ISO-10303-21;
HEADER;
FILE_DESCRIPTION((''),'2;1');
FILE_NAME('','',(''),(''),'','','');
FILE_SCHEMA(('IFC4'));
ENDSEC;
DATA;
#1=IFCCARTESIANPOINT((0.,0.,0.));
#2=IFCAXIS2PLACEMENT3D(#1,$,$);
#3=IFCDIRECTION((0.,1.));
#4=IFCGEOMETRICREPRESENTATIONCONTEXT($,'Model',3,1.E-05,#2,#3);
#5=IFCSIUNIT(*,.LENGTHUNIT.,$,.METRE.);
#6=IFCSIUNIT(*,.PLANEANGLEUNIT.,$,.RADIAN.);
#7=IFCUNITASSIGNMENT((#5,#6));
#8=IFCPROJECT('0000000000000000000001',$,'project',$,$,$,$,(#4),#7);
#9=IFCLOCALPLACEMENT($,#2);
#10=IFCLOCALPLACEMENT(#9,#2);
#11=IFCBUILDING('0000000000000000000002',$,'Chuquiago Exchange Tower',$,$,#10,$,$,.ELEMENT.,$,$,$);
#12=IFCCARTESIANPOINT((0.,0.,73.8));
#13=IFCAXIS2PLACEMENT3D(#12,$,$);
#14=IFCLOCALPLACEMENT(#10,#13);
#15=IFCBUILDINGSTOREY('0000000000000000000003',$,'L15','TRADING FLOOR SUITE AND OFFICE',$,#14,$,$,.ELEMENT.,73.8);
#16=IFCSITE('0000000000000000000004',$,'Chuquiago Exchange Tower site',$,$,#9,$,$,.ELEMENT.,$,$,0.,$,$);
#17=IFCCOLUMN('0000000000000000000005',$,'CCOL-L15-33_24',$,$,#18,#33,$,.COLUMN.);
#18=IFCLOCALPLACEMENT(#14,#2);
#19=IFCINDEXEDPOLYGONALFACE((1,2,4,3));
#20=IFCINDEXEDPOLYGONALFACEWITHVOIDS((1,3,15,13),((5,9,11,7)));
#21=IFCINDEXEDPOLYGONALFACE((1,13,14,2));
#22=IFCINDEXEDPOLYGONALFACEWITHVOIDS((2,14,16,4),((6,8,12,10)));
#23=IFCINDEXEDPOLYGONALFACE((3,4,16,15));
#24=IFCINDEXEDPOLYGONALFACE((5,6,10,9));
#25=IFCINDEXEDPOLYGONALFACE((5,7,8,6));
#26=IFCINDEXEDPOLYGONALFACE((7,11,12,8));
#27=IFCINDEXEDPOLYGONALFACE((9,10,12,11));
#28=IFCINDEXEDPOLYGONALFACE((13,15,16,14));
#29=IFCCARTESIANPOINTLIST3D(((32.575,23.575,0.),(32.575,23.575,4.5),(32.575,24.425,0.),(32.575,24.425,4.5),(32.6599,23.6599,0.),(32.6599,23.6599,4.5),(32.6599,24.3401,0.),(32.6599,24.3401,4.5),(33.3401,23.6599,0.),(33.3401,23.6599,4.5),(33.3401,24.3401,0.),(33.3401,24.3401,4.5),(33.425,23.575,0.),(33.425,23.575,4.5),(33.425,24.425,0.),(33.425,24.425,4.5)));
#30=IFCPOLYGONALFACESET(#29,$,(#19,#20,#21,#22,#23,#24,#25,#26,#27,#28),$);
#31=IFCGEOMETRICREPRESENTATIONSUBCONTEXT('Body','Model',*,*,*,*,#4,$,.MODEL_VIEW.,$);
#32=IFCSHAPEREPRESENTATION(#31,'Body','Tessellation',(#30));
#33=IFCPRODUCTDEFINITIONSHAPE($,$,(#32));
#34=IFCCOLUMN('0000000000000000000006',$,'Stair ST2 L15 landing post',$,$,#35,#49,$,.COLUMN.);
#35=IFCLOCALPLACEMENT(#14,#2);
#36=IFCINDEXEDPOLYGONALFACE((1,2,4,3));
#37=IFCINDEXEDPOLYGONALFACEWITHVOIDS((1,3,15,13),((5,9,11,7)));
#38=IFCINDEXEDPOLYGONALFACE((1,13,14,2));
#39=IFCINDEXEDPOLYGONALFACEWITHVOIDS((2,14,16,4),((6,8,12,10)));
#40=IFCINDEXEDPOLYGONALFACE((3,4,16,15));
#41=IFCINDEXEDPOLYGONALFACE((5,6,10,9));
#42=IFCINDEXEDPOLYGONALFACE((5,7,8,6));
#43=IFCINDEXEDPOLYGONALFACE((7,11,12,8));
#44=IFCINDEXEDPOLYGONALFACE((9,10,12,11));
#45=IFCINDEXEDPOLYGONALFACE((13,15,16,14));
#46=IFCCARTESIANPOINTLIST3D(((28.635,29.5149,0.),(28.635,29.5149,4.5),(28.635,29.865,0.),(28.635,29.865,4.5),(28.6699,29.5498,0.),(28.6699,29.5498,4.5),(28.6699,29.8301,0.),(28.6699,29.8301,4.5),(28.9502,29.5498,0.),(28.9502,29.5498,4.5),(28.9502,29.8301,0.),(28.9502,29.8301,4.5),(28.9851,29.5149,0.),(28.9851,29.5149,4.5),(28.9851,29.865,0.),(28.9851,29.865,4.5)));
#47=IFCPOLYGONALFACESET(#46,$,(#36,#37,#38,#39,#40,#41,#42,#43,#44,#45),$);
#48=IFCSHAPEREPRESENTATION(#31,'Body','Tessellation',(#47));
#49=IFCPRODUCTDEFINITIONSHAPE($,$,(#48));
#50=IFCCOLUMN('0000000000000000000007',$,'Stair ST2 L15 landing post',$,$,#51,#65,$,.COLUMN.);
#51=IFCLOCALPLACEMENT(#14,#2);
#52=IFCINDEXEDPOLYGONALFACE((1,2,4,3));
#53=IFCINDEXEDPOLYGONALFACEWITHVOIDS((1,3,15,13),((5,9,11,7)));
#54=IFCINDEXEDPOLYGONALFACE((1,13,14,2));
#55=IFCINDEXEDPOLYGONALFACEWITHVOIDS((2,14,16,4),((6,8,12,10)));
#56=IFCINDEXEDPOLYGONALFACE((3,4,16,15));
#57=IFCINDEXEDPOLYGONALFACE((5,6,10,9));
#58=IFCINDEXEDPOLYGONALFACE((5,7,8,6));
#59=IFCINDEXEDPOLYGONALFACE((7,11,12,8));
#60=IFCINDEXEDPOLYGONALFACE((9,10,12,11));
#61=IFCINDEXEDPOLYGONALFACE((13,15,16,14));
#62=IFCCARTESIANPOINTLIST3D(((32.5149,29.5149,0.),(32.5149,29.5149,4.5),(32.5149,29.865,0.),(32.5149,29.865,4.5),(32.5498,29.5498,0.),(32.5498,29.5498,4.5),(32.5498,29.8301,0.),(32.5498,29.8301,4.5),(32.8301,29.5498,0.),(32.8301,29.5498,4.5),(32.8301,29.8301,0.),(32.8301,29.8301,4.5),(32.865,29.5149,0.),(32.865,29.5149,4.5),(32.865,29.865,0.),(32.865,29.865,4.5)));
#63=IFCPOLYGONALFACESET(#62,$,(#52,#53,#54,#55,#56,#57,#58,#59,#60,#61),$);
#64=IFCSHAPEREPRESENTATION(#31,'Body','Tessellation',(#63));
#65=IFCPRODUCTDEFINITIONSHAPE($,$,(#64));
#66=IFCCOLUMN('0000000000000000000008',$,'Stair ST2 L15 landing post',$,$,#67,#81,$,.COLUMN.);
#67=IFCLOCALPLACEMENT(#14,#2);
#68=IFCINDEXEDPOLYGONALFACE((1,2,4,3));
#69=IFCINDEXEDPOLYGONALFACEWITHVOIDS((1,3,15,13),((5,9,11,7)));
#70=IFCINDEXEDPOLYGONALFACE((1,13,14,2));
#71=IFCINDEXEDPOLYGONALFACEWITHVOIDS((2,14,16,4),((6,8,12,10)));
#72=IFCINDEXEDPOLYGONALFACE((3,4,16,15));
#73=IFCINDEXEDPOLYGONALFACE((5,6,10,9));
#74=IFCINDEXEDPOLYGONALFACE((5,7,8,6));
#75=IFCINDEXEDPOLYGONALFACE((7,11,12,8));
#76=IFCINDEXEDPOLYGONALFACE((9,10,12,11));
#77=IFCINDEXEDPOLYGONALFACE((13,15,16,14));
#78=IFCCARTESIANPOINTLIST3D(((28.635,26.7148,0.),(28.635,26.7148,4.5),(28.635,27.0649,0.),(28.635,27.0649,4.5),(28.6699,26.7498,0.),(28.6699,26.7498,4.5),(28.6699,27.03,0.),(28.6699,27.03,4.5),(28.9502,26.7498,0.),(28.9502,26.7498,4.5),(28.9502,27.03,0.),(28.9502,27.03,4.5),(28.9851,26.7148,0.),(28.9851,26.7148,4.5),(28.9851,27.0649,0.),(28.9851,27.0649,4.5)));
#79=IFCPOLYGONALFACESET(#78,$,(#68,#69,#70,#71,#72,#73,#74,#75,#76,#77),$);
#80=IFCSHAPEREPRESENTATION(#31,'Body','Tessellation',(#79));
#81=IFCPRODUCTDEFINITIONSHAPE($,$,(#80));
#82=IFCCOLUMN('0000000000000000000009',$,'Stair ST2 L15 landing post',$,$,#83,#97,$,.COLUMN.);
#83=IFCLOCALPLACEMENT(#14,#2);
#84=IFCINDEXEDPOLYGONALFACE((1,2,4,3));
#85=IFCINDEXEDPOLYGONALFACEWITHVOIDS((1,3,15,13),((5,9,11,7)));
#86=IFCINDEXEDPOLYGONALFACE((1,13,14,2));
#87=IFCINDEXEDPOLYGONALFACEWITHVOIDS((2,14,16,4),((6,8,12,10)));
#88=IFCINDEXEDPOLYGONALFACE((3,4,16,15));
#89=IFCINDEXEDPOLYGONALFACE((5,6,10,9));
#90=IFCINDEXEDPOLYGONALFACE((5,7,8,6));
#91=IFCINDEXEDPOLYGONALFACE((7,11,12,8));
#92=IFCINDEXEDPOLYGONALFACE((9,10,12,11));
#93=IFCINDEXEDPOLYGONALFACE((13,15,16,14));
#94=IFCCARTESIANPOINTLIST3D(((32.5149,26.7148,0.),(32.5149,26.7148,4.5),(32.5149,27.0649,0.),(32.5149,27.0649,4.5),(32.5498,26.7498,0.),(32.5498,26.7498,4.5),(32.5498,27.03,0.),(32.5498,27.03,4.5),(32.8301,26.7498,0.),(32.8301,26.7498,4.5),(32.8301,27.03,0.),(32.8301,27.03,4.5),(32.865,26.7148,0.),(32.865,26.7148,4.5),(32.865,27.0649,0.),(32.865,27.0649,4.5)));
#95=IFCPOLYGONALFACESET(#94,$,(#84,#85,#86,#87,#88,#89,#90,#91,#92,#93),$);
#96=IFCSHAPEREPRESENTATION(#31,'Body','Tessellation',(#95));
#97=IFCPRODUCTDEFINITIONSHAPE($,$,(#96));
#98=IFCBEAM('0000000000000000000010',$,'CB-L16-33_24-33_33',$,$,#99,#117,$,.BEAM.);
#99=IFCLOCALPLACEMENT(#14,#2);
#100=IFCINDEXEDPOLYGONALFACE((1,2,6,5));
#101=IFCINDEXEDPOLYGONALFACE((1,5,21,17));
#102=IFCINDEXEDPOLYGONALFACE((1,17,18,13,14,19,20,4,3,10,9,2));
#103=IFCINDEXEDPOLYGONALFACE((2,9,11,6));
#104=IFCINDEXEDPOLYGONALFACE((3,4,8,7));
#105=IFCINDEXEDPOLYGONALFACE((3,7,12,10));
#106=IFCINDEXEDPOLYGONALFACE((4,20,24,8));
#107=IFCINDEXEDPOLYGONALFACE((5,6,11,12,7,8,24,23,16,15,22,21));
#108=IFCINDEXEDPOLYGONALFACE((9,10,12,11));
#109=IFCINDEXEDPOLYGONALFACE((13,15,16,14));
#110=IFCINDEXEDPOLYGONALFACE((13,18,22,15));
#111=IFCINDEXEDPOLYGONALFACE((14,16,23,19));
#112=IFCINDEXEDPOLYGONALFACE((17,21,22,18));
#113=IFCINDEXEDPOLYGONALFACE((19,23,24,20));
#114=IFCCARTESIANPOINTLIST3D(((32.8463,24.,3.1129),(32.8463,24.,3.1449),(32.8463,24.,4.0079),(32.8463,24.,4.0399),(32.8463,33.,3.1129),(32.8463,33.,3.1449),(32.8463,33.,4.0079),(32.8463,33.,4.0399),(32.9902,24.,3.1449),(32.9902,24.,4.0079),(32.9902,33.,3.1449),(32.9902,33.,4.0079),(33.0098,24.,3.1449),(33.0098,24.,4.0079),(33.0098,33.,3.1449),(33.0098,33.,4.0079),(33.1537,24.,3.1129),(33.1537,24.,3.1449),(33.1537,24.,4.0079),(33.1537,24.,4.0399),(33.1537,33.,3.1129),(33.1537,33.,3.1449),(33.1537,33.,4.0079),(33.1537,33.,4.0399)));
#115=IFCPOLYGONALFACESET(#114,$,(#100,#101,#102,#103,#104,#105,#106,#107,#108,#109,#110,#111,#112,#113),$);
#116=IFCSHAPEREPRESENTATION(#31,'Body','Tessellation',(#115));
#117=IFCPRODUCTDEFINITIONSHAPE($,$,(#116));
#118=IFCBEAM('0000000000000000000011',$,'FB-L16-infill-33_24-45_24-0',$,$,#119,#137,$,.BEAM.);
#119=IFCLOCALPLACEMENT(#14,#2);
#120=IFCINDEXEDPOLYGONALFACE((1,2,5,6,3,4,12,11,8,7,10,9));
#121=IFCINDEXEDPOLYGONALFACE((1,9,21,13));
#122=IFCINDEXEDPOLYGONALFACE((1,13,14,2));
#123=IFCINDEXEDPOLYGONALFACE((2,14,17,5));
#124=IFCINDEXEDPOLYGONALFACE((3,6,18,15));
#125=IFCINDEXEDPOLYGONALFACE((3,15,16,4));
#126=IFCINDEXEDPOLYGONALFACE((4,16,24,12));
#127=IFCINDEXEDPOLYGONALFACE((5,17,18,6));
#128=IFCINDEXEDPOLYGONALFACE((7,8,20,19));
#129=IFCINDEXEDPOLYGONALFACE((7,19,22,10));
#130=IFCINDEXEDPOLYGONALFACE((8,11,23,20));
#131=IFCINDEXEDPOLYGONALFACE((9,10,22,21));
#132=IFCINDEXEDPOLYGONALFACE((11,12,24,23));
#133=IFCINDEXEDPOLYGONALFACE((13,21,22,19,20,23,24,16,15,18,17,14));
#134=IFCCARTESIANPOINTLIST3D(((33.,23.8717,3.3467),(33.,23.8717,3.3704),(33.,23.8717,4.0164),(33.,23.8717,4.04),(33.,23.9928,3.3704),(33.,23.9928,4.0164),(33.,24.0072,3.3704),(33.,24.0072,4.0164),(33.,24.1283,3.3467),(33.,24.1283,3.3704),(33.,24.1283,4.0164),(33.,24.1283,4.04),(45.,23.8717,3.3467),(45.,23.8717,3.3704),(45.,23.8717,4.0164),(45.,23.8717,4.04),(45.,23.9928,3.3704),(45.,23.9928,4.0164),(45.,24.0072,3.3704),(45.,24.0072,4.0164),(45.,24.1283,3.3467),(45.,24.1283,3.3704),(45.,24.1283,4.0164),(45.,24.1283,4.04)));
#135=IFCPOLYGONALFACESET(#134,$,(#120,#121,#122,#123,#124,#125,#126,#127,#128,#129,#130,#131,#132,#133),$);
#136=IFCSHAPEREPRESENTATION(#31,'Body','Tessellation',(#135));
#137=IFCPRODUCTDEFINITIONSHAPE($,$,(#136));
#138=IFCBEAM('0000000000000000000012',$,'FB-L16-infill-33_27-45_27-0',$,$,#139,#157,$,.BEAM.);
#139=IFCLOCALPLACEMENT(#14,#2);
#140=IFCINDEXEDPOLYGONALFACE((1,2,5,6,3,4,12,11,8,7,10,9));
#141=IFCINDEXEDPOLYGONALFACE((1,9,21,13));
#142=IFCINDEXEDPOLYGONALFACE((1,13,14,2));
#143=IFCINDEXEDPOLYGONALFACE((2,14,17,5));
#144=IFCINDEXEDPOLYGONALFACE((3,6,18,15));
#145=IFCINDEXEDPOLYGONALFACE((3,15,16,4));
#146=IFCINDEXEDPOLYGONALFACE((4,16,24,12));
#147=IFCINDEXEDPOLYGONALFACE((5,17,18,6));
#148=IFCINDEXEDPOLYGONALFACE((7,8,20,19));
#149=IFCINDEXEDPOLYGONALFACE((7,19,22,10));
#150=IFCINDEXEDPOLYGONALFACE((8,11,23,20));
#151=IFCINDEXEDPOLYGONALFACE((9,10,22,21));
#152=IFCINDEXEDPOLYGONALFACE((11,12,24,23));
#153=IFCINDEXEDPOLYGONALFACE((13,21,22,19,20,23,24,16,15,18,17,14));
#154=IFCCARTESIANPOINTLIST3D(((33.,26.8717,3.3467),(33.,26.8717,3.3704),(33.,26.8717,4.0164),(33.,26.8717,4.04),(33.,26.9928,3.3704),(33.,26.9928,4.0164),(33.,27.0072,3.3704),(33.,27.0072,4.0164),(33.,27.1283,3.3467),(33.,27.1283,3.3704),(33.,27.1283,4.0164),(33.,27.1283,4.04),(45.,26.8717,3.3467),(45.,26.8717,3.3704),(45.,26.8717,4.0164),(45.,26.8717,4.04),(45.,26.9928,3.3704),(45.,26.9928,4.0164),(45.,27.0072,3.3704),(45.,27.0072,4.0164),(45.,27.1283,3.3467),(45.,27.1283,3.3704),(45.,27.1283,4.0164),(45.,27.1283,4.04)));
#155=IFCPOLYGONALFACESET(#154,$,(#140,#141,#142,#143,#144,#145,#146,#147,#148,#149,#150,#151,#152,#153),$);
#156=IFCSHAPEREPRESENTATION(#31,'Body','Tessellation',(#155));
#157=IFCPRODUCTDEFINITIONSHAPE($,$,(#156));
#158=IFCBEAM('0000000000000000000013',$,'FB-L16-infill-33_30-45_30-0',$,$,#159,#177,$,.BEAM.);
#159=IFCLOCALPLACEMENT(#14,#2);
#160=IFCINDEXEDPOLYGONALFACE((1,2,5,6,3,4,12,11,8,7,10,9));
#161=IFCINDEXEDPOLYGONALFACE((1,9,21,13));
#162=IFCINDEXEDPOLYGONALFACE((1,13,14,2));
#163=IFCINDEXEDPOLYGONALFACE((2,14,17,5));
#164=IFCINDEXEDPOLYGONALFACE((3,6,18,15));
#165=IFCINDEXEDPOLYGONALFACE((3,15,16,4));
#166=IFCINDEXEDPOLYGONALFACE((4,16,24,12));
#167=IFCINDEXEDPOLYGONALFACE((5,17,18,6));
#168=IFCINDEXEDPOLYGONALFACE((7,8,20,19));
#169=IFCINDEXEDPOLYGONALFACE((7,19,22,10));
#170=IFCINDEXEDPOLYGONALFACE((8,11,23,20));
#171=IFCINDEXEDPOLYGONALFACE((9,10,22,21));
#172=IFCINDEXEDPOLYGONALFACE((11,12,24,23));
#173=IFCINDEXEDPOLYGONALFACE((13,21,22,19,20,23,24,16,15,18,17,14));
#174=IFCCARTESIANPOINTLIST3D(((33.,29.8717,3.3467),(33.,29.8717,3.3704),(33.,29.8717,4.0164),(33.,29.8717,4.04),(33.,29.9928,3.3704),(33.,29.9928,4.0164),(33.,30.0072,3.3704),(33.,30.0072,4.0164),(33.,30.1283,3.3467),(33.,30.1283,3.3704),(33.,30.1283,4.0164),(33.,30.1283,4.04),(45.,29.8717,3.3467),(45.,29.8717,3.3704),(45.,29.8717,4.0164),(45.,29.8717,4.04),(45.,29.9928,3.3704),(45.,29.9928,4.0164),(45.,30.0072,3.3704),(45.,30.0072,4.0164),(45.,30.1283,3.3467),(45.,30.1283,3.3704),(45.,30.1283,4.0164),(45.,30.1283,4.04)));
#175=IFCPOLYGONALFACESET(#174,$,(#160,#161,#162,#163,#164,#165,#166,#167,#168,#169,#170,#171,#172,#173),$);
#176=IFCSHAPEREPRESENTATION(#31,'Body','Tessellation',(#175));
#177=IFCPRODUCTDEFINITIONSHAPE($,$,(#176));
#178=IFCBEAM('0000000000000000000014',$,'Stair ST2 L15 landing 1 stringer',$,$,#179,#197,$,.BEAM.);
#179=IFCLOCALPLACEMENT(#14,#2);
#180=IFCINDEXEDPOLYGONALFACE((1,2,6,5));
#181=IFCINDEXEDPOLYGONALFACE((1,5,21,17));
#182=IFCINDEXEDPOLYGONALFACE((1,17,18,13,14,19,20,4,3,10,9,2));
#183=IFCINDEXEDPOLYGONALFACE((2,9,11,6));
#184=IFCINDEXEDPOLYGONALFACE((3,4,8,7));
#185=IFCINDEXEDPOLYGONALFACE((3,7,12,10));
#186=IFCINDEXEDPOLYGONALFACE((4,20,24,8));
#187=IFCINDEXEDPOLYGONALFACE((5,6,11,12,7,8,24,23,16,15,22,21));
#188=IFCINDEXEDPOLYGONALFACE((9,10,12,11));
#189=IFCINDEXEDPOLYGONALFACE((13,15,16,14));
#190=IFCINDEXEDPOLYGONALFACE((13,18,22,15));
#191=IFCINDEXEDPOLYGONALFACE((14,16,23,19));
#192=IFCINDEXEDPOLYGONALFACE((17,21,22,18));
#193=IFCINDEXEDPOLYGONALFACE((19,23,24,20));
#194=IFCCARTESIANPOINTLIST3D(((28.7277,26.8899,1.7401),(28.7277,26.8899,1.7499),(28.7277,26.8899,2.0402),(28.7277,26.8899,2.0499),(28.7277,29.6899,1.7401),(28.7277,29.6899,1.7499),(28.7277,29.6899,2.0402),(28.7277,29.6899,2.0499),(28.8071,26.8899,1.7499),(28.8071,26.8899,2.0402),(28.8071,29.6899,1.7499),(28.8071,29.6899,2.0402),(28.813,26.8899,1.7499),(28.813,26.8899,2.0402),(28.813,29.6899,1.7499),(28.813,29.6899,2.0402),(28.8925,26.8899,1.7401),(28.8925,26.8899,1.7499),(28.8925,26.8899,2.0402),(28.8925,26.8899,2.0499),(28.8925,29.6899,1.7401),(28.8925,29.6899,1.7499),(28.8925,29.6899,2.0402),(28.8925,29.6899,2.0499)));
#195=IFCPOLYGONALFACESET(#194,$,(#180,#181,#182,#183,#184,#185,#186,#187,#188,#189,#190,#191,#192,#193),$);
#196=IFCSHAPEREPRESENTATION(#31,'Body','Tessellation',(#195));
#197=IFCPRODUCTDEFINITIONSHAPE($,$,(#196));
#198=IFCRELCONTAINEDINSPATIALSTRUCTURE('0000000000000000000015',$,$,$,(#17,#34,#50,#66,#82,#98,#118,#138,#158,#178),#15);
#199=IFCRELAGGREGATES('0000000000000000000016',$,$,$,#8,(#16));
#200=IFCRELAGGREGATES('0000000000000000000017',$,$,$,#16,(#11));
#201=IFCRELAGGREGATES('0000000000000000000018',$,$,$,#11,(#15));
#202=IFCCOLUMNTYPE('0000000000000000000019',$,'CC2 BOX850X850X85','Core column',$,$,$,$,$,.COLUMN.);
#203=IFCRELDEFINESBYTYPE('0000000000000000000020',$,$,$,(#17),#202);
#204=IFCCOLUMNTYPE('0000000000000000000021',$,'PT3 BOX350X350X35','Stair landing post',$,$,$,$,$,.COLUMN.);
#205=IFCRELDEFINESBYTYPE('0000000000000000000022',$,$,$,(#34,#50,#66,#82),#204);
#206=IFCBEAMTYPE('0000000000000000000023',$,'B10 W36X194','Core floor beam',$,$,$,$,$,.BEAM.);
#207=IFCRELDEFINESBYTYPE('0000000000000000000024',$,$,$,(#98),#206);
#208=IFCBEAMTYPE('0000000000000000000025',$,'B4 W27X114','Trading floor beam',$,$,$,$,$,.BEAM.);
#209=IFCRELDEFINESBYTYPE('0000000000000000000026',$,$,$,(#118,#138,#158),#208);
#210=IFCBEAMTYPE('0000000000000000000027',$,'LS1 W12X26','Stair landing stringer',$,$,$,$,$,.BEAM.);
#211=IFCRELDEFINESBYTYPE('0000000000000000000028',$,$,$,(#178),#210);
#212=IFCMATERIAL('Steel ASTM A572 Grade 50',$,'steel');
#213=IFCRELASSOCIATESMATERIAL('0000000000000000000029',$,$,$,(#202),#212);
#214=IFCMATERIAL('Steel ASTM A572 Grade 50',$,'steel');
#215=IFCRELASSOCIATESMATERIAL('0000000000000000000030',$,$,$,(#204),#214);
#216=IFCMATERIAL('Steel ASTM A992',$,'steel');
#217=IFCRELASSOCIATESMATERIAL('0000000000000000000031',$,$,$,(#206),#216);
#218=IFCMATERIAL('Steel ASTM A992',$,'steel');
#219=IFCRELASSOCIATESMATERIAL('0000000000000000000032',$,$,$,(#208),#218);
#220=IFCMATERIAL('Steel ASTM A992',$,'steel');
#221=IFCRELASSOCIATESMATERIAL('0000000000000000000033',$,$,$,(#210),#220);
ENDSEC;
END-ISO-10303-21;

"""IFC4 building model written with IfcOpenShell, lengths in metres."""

from ifc_helpers import new_model, si_unit, direction, frame, origin, origin_2d, place, context, subcontext, project, spatial, hollow_rectangle, i_section, extrude, material, material_profile, profile_set, type_object, element, save


model = new_model("IFC4")

# Units and contexts
model_context = context("Model", 3, precision=1e-05, world=origin(), true_north=direction((0.0, 1.0)))
body_context = subcontext(model_context, "Body", "Model", "MODEL_VIEW")
ifc_project = project(units=[si_unit("LENGTHUNIT", "METRE"), si_unit("PLANEANGLEUNIT", "RADIAN")], contexts=[model_context])

# Site, building, storey
site_placement = place(None, origin())
site = spatial("IfcSite", under=ifc_project, at=site_placement, Name="Chuquiago Exchange Tower site", CompositionType="ELEMENT", RefElevation=0.0)
building_placement = place(site_placement, origin())
building = spatial("IfcBuilding", under=site, at=building_placement, Name="Chuquiago Exchange Tower", CompositionType="ELEMENT")
storey_placement = place(building_placement, frame((0.0, 0.0, 73.8)))
storey = spatial("IfcBuildingStorey", under=building, at=storey_placement, Name="L15", Description="TRADING FLOOR SUITE AND OFFICE", CompositionType="ELEMENT", Elevation=73.8)

# Columns
ifc_material_1 = material(Name="Steel ASTM A572 Grade 50", Category="steel")
ifc_material_profile_1 = material_profile(ifc_material_1, hollow_rectangle(XDim=0.8501, YDim=0.8501, WallThickness=0.085, at=origin_2d()), Name="BOX850X850X85")
ifc_profile_set_1 = profile_set([ifc_material_profile_1], Name="Steel ASTM A572 Grade 50")
column_type_1 = type_object("IfcColumnType", Name="CC2 BOX850X850X85", Description="Core column", PredefinedType="COLUMN", material=ifc_profile_set_1)
column_placement = place(storey_placement, frame((33.0, 24.0, 0.0), z_axis=(0.0, 0.0, 1.0), x_axis=(1.0, 0.0, 0.0)))
element("IfcColumn", 1, at=column_placement, inside=storey, type_object=column_type_1, Name="CCOL-L15-33_24", PredefinedType="COLUMN", context=body_context, shape_type="SweptSolid", body=[
    extrude(hollow_rectangle(XDim=0.8501, YDim=0.8501, WallThickness=0.085, at=origin_2d()), origin(), (0.0, 0.0, 1.0), 4.5),
])
ifc_material_2 = material(Name="Steel ASTM A572 Grade 50", Category="steel")
ifc_material_profile_2 = material_profile(ifc_material_2, hollow_rectangle(XDim=0.3501, YDim=0.3501, WallThickness=0.0349, at=origin_2d()), Name="BOX350X350X35")
ifc_profile_set_2 = profile_set([ifc_material_profile_2], Name="Steel ASTM A572 Grade 50")
column_type_2 = type_object("IfcColumnType", Name="PT3 BOX350X350X35", Description="Stair landing post", PredefinedType="COLUMN", material=ifc_profile_set_2)
for number, where, z_axis, x_axis, name in (
    (2, (28.8101, 29.6899, 0.0), (0.0, 0.0, 1.0), (1.0, 0.0, 0.0), "Stair ST2 L15 landing post"),
    (3, (32.6899, 29.6899, 0.0), (0.0, 0.0, 1.0), (1.0, 0.0, 0.0), "Stair ST2 L15 landing post"),
    (4, (28.8101, 26.8899, 0.0), (0.0, 0.0, 1.0), (1.0, 0.0, 0.0), "Stair ST2 L15 landing post"),
    (5, (32.6899, 26.8899, 0.0), (0.0, 0.0, 1.0), (1.0, 0.0, 0.0), "Stair ST2 L15 landing post"),
):
    element("IfcColumn", number, at=place(storey_placement, frame(where, z_axis=z_axis, x_axis=x_axis)), inside=storey, type_object=column_type_2, Name=name, PredefinedType="COLUMN", context=body_context, shape_type="SweptSolid", body=[
        extrude(hollow_rectangle(XDim=0.3501, YDim=0.3501, WallThickness=0.0349, at=origin_2d()), origin(), (0.0, 0.0, 1.0), 4.5),
    ])

# Beams
ifc_material_3 = material(Name="Steel ASTM A992", Category="steel")
ifc_material_profile_3 = material_profile(ifc_material_3, i_section(OverallWidth=0.3074, OverallDepth=0.927, WebThickness=0.0195, FlangeThickness=0.032, at=origin_2d()), Name="W36X194")
ifc_profile_set_3 = profile_set([ifc_material_profile_3], Name="Steel ASTM A992")
beam_type_1 = type_object("IfcBeamType", Name="B10 W36X194", Description="Core floor beam", PredefinedType="BEAM", material=ifc_profile_set_3)
beam_placement = place(storey_placement, frame((33.0, 24.0, 3.5764), z_axis=(0.0, 1.0, 0.0), x_axis=(-1.0, 0.0, 0.0)))
element("IfcBeam", 6, at=beam_placement, inside=storey, type_object=beam_type_1, Name="CB-L16-33_24-33_33", PredefinedType="BEAM", context=body_context, shape_type="SweptSolid", body=[
    extrude(i_section(OverallWidth=0.3074, OverallDepth=0.927, WebThickness=0.0195, FlangeThickness=0.032, at=origin_2d()), origin(), (0.0, 0.0, 1.0), 9.0),
])
ifc_material_4 = material(Name="Steel ASTM A992", Category="steel")
ifc_material_profile_4 = material_profile(ifc_material_4, i_section(OverallWidth=0.2566, OverallDepth=0.6934, WebThickness=0.0144, FlangeThickness=0.0237, at=origin_2d()), Name="W27X114")
ifc_profile_set_4 = profile_set([ifc_material_profile_4], Name="Steel ASTM A992")
beam_type_2 = type_object("IfcBeamType", Name="B4 W27X114", Description="Trading floor beam", PredefinedType="BEAM", material=ifc_profile_set_4)
for number, where, z_axis, x_axis, name in (
    (7, (33.0, 24.0, 3.6934), (1.0, 0.0, 0.0), (0.0, 1.0, 0.0), "FB-L16-infill-33_24-45_24-0"),
    (8, (33.0, 27.0, 3.6934), (1.0, 0.0, 0.0), (0.0, 1.0, 0.0), "FB-L16-infill-33_27-45_27-0"),
    (9, (33.0, 30.0, 3.6934), (1.0, 0.0, 0.0), (0.0, 1.0, 0.0), "FB-L16-infill-33_30-45_30-0"),
):
    element("IfcBeam", number, at=place(storey_placement, frame(where, z_axis=z_axis, x_axis=x_axis)), inside=storey, type_object=beam_type_2, Name=name, PredefinedType="BEAM", context=body_context, shape_type="SweptSolid", body=[
        extrude(i_section(OverallWidth=0.2566, OverallDepth=0.6934, WebThickness=0.0144, FlangeThickness=0.0237, at=origin_2d()), origin(), (0.0, 0.0, 1.0), 12.0),
    ])
ifc_material_5 = material(Name="Steel ASTM A992", Category="steel")
ifc_material_profile_5 = material_profile(ifc_material_5, i_section(OverallWidth=0.1648, OverallDepth=0.3098, WebThickness=0.0059, FlangeThickness=0.0098, at=origin_2d()), Name="W12X26")
ifc_profile_set_5 = profile_set([ifc_material_profile_5], Name="Steel ASTM A992")
beam_type_3 = type_object("IfcBeamType", Name="LS1 W12X26", Description="Stair landing stringer", PredefinedType="BEAM", material=ifc_profile_set_5)
for number, where, z_axis, x_axis, name in (
    (10, (28.8101, 26.8899, 1.895), (0.0, 1.0, 0.0), (-1.0, 0.0, 0.0), "Stair ST2 L15 landing 1 stringer"),
):
    element("IfcBeam", number, at=place(storey_placement, frame(where, z_axis=z_axis, x_axis=x_axis)), inside=storey, type_object=beam_type_3, Name=name, PredefinedType="BEAM", context=body_context, shape_type="SweptSolid", body=[
        extrude(i_section(OverallWidth=0.1648, OverallDepth=0.3098, WebThickness=0.0059, FlangeThickness=0.0098, at=origin_2d()), origin(), (0.0, 0.0, 1.0), 2.8),
    ])

save(model, "model.ifc")
